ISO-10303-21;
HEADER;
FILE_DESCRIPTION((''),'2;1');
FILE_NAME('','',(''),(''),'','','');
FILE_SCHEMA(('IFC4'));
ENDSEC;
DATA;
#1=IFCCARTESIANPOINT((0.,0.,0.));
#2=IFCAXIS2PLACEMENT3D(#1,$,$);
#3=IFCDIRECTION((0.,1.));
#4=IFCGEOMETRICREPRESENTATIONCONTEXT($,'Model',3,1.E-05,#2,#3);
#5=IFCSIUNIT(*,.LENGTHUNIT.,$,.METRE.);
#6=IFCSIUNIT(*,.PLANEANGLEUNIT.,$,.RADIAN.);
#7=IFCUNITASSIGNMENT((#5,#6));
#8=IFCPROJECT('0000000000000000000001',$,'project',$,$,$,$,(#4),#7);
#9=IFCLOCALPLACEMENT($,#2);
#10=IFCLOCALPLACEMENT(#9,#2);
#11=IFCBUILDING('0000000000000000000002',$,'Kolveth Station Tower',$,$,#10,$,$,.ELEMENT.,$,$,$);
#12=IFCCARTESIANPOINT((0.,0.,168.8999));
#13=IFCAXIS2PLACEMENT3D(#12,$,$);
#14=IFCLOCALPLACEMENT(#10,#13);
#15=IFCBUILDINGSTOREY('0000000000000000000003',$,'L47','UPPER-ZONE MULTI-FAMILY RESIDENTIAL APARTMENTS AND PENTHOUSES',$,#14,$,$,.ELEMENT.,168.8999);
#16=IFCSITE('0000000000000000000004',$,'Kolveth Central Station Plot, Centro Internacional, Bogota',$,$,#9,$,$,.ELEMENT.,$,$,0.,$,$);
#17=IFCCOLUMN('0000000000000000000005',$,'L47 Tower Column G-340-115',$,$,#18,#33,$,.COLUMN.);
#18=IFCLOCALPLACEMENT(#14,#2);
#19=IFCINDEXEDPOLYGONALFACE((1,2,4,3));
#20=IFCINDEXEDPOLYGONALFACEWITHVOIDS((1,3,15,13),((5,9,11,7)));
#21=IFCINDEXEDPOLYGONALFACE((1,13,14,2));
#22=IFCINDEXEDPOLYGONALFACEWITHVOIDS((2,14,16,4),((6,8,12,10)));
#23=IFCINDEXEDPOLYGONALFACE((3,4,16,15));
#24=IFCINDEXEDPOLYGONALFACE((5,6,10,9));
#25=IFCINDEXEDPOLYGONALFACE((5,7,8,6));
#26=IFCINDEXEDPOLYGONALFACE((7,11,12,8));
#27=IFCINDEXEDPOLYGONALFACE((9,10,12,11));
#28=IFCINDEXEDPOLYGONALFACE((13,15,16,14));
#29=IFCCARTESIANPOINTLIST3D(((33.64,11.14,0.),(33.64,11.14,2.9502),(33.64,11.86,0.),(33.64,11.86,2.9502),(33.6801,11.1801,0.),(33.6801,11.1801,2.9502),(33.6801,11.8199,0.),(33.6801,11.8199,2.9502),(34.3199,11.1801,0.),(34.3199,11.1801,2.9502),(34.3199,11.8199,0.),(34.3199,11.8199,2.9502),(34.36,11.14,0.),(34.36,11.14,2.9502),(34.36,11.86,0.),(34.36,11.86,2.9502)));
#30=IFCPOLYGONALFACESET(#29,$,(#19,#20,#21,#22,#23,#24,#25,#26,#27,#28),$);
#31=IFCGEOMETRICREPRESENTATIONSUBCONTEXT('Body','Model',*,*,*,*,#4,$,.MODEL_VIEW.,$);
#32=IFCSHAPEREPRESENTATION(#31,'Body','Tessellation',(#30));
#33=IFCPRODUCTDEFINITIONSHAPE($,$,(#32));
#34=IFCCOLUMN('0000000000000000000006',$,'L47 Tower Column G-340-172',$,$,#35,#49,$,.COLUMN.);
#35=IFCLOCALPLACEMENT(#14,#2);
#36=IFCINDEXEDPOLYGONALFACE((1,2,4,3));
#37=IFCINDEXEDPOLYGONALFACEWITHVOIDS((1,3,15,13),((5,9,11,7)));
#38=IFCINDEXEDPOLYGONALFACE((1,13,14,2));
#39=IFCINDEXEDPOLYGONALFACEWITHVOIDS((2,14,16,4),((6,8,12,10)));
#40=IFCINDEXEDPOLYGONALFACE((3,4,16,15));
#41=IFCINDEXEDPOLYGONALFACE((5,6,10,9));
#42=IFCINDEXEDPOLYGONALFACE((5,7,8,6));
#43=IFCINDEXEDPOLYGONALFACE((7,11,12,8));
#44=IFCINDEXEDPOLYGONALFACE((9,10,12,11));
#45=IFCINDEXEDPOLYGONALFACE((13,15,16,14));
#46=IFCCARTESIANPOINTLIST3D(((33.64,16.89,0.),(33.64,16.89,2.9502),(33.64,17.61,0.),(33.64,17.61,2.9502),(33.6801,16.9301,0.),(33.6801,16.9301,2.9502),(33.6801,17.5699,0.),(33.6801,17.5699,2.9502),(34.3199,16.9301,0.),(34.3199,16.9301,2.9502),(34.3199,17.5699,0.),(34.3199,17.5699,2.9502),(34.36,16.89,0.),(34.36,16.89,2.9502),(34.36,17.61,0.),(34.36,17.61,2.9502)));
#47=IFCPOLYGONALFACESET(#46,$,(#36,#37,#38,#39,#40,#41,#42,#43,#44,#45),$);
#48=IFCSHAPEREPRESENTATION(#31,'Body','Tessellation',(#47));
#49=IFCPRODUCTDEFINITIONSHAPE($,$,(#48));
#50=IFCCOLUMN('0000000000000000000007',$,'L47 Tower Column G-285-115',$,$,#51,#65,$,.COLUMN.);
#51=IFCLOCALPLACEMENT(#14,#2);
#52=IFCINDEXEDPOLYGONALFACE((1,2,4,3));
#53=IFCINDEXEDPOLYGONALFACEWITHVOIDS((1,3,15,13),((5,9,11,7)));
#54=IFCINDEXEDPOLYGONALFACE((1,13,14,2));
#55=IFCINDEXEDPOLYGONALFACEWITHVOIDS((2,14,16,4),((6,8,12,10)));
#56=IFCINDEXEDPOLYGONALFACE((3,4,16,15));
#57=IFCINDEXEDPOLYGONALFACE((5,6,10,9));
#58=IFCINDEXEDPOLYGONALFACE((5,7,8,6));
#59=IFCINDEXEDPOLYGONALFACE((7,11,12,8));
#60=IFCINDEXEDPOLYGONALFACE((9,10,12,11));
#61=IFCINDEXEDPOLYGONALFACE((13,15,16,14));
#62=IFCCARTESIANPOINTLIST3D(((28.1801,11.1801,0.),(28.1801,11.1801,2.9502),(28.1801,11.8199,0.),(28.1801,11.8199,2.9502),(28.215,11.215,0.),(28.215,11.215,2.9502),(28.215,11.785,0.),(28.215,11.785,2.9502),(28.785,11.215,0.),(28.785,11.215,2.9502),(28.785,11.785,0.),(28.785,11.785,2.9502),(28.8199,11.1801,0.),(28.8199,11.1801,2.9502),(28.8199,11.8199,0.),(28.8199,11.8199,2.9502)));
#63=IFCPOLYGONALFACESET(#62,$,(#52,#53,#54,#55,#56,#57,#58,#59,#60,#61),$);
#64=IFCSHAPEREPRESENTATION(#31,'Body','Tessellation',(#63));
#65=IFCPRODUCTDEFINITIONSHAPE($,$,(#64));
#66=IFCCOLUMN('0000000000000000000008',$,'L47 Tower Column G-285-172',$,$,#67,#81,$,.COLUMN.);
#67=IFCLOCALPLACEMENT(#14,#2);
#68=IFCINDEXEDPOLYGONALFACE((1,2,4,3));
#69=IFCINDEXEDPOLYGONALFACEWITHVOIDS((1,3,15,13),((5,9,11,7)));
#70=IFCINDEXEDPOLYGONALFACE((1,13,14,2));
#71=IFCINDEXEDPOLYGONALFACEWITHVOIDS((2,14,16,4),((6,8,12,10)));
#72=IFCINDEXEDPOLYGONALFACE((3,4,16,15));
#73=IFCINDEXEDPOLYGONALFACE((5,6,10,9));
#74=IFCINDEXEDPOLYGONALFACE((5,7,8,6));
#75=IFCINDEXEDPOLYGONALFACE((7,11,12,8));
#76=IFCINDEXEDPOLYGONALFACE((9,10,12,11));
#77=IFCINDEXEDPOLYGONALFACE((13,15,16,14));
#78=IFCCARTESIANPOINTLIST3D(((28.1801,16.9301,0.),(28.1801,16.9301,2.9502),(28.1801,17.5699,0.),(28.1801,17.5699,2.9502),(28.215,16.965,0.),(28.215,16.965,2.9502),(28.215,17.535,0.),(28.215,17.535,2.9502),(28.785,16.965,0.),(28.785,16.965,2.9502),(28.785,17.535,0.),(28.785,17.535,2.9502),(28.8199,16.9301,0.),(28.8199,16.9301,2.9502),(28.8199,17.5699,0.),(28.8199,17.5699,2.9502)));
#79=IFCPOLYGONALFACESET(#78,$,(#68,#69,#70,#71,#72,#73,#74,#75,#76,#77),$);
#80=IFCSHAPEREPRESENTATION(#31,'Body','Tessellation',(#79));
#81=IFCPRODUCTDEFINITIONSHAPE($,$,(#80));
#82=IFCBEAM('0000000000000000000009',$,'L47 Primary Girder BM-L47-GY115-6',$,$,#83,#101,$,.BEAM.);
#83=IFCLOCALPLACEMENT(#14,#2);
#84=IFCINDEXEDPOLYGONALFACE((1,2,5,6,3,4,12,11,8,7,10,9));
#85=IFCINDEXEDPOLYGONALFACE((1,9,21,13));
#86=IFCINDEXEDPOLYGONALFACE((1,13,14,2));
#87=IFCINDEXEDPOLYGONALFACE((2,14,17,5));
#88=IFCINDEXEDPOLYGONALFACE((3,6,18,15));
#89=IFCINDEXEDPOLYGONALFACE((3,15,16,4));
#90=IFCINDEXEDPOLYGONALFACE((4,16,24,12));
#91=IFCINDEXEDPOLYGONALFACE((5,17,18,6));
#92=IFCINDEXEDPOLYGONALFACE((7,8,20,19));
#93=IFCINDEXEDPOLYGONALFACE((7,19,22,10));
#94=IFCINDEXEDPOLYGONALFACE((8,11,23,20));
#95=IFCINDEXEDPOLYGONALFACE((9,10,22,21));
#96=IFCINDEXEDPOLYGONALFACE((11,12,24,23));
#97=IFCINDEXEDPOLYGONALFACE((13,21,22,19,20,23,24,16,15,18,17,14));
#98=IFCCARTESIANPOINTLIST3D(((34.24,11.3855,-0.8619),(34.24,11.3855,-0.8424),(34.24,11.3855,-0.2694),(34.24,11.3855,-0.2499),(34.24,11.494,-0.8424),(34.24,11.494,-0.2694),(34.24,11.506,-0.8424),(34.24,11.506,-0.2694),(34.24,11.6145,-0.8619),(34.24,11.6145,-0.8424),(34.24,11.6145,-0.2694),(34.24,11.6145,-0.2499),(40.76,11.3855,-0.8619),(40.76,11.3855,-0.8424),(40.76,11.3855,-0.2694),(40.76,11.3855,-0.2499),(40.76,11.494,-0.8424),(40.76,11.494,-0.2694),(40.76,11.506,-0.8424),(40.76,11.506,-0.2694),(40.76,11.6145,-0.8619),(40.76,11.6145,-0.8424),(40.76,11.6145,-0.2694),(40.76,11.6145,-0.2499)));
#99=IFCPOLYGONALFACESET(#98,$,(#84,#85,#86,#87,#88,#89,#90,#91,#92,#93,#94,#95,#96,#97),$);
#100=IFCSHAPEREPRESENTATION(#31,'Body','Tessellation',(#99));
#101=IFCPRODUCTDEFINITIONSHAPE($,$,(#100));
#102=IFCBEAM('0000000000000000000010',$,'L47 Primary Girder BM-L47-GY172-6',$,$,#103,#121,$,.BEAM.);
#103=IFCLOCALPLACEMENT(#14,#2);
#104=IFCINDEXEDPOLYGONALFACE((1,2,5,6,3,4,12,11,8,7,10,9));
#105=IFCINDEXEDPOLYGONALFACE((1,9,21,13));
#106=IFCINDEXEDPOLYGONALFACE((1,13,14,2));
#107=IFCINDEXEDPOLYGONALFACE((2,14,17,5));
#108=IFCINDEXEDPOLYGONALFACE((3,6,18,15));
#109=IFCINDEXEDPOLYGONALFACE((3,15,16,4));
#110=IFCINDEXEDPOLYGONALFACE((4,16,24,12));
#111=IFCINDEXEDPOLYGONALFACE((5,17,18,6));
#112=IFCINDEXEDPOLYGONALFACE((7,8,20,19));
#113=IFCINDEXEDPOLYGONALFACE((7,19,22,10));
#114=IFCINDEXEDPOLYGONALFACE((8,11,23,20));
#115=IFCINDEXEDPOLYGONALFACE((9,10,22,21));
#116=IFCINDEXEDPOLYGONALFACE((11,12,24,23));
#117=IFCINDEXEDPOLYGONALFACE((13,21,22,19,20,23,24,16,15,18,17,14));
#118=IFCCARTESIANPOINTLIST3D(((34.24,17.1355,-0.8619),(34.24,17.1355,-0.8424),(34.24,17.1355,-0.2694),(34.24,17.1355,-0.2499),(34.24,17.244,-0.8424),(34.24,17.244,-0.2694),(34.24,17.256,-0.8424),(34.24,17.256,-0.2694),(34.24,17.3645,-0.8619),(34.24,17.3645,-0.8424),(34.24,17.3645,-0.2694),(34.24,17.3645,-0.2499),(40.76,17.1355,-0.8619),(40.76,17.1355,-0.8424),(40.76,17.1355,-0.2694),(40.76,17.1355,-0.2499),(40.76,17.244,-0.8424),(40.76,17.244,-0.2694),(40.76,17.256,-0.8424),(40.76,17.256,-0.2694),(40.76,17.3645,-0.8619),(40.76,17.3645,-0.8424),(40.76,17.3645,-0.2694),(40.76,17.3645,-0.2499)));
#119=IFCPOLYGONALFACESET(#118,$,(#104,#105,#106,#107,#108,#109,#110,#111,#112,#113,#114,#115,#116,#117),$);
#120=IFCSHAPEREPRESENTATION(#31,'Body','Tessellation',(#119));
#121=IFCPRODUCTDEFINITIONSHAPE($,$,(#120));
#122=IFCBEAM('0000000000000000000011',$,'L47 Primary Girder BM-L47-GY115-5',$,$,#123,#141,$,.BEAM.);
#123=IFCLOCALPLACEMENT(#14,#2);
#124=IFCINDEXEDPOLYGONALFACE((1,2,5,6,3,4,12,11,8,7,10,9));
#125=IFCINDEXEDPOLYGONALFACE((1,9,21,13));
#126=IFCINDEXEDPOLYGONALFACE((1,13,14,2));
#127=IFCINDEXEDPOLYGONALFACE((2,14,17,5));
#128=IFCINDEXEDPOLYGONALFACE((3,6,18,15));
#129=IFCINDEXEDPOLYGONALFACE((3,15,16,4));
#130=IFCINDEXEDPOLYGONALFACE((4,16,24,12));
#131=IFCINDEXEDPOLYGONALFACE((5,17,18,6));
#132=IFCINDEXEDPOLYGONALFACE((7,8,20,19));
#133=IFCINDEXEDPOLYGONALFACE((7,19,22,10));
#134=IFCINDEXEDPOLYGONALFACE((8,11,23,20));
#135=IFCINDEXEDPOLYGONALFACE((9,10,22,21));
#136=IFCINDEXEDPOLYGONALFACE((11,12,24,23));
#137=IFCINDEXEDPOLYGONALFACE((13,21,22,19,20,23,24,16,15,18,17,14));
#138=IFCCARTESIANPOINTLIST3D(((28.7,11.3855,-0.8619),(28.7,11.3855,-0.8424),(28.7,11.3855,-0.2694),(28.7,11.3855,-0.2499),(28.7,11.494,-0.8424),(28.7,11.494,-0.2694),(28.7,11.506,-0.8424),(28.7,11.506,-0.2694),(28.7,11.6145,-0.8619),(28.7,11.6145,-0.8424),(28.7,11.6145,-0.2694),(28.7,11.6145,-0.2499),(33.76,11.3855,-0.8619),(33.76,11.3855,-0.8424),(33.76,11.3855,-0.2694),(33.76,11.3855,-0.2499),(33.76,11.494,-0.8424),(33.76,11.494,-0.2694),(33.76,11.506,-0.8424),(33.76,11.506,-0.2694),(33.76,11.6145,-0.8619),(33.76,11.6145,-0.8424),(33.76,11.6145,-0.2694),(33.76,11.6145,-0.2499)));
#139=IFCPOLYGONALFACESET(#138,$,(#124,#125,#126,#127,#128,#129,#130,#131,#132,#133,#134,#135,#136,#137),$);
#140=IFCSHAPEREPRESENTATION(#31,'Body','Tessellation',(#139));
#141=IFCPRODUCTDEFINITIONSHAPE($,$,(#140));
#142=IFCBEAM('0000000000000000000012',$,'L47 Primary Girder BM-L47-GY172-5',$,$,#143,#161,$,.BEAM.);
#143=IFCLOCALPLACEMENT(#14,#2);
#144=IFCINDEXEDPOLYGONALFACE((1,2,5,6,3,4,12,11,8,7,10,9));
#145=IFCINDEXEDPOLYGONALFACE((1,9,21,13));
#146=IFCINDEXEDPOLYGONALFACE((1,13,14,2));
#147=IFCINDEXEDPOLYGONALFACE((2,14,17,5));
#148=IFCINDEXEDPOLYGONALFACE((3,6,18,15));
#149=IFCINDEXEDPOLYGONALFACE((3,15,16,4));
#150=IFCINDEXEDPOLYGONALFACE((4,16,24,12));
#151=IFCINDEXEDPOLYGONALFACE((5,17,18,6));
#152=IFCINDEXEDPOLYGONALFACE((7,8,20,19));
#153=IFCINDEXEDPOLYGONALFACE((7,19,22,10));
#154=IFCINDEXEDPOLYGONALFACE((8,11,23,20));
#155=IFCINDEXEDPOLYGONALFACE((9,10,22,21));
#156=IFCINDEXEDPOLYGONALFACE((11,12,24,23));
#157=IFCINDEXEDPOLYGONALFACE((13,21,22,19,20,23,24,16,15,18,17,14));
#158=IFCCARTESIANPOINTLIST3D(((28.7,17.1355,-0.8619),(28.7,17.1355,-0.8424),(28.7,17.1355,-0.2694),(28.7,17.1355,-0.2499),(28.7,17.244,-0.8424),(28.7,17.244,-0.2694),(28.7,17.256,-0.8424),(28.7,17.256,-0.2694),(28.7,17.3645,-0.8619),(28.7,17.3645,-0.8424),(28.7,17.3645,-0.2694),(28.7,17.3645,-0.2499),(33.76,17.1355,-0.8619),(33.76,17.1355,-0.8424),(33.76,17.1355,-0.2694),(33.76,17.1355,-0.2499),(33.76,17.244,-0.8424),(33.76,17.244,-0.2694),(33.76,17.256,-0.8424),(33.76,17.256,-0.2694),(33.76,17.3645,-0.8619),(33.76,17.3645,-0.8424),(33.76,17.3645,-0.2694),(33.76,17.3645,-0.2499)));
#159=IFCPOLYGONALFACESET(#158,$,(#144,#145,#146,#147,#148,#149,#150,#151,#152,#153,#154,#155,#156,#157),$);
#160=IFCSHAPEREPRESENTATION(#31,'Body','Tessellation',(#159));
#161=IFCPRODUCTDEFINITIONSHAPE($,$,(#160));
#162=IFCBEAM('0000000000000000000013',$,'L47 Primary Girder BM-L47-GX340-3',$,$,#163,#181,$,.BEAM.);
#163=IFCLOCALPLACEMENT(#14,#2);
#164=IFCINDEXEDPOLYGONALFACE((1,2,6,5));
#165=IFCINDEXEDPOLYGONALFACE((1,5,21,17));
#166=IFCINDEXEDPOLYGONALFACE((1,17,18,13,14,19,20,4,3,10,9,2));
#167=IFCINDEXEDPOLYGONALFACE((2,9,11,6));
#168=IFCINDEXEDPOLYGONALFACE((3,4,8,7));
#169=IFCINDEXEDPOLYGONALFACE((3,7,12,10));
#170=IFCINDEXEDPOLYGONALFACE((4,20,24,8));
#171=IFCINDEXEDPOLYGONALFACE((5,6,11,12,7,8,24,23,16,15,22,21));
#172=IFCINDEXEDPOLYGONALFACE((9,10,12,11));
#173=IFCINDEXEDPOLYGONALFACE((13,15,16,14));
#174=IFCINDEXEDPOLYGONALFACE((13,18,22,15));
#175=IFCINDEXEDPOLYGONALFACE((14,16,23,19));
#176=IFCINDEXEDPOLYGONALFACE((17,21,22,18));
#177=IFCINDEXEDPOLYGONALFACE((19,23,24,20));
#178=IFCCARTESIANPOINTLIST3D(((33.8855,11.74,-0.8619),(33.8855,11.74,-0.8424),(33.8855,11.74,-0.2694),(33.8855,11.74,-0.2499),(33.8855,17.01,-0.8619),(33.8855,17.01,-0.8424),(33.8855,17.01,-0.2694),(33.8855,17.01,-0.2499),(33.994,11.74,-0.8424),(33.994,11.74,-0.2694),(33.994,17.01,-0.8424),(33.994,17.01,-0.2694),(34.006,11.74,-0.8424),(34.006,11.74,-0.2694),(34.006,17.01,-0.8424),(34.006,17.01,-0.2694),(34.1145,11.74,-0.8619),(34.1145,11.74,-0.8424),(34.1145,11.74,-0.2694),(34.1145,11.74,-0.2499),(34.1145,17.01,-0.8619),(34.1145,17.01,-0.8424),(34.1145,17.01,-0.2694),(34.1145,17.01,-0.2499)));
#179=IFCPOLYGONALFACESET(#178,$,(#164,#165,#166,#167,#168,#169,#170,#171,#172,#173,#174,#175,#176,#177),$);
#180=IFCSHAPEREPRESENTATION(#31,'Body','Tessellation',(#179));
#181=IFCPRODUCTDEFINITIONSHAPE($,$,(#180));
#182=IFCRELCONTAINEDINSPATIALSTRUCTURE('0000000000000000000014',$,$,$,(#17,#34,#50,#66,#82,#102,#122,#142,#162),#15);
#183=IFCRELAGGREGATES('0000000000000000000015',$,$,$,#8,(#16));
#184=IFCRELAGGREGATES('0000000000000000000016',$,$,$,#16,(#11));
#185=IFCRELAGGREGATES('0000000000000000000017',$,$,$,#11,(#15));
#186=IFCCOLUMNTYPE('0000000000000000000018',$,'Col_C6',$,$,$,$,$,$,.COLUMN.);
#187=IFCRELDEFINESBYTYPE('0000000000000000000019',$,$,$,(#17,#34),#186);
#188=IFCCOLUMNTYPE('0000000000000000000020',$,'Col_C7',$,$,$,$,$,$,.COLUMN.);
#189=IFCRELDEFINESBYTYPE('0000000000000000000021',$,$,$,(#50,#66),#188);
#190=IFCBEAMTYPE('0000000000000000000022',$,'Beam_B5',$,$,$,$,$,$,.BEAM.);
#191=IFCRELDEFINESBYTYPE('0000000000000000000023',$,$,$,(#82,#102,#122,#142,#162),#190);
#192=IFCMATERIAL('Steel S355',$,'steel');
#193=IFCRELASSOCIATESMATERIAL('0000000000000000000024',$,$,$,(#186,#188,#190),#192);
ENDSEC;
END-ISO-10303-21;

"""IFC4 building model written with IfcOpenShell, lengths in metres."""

from ifc_helpers import new_model, si_unit, direction, frame, origin, origin_2d, place, context, subcontext, project, spatial, hollow_rectangle, i_section, extrude, source, transform, mapped, material, material_profile, profile_set, type_object, element, save


model = new_model("IFC4")

# Units and contexts
model_context = context("Model", 3, precision=1e-05, world=origin(), true_north=direction((0.0, 1.0)))
body_context = subcontext(model_context, "Body", "Model", "MODEL_VIEW")
ifc_project = project(units=[si_unit("LENGTHUNIT", "METRE"), si_unit("PLANEANGLEUNIT", "RADIAN")], contexts=[model_context])

# Site, building, storey
site_placement = place(None, origin())
site = spatial("IfcSite", under=ifc_project, at=site_placement, Name="Kolveth Central Station Plot, Centro Internacional, Bogota", CompositionType="ELEMENT", RefElevation=0.0)
building_placement = place(site_placement, origin())
building = spatial("IfcBuilding", under=site, at=building_placement, Name="Kolveth Station Tower", CompositionType="ELEMENT")
storey_placement = place(building_placement, frame((0.0, 0.0, 168.8999)))
storey = spatial("IfcBuildingStorey", under=building, at=storey_placement, Name="L47", Description="UPPER-ZONE MULTI-FAMILY RESIDENTIAL APARTMENTS AND PENTHOUSES", CompositionType="ELEMENT", Elevation=168.8999)

# Columns
ifc_material_1 = material(Name="Steel S355", Category="steel")
ifc_material_profile_1 = material_profile(ifc_material_1, hollow_rectangle(XDim=0.72, YDim=0.72, WallThickness=0.04, at=origin_2d()), Name="BOX720x720x40")
ifc_profile_set_1 = profile_set([ifc_material_profile_1], Name="Steel S355")
column_type_1 = type_object("IfcColumnType", Name="Col_C6", PredefinedType="COLUMN", material=ifc_profile_set_1)
shared_shape_1 = source(origin(), body_context, "Body", "SweptSolid", [
    extrude(hollow_rectangle(XDim=0.72, YDim=0.72, WallThickness=0.04, at=origin_2d()), origin(), (0.0, 0.0, 1.0), 2.9502),
])
for number, where, z_axis, x_axis, name in (
    (1, (34.0, 11.5, 0.0), (0.0, 0.0, 1.0), (1.0, 0.0, 0.0), "L47 Tower Column G-340-115"),
    (2, (34.0, 17.25, 0.0), (0.0, 0.0, 1.0), (1.0, 0.0, 0.0), "L47 Tower Column G-340-172"),
):
    element("IfcColumn", number, at=place(storey_placement, frame(where, z_axis=z_axis, x_axis=x_axis)), inside=storey, type_object=column_type_1, Name=name, PredefinedType="COLUMN", context=body_context, shape_type="MappedRepresentation", body=[
        mapped(shared_shape_1, transform((0.0, 0.0, 0.0), x_axis=(1.0, 0.0, 0.0), y_axis=(0.0, 1.0, 0.0), z_axis=(0.0, 0.0, 1.0), scale=1.0)),
    ])
ifc_material_profile_2 = material_profile(ifc_material_1, hollow_rectangle(XDim=0.6399, YDim=0.6399, WallThickness=0.0349, at=origin_2d()), Name="BOX640x640x35")
ifc_profile_set_2 = profile_set([ifc_material_profile_2], Name="Steel S355")
column_type_2 = type_object("IfcColumnType", Name="Col_C7", PredefinedType="COLUMN", material=ifc_profile_set_2)
shared_shape_2 = source(origin(), body_context, "Body", "SweptSolid", [
    extrude(hollow_rectangle(XDim=0.6399, YDim=0.6399, WallThickness=0.0349, at=origin_2d()), origin(), (0.0, 0.0, 1.0), 2.9502),
])
for number, where, z_axis, x_axis, name in (
    (3, (28.5, 11.5, 0.0), (0.0, 0.0, 1.0), (1.0, 0.0, 0.0), "L47 Tower Column G-285-115"),
    (4, (28.5, 17.25, 0.0), (0.0, 0.0, 1.0), (1.0, 0.0, 0.0), "L47 Tower Column G-285-172"),
):
    element("IfcColumn", number, at=place(storey_placement, frame(where, z_axis=z_axis, x_axis=x_axis)), inside=storey, type_object=column_type_2, Name=name, PredefinedType="COLUMN", context=body_context, shape_type="MappedRepresentation", body=[
        mapped(shared_shape_2, transform((0.0, 0.0, 0.0), x_axis=(1.0, 0.0, 0.0), y_axis=(0.0, 1.0, 0.0), z_axis=(0.0, 0.0, 1.0), scale=1.0)),
    ])

# Beams
ifc_material_profile_3 = material_profile(ifc_material_1, i_section(OverallWidth=0.229, OverallDepth=0.6121, WebThickness=0.012, FlangeThickness=0.0195, at=origin_2d()), Name="W610x125")
ifc_profile_set_3 = profile_set([ifc_material_profile_3], Name="Steel S355")
beam_type_1 = type_object("IfcBeamType", Name="Beam_B5", PredefinedType="BEAM", material=ifc_profile_set_3)
shared_shape_3 = source(origin(), body_context, "Body", "SweptSolid", [
    extrude(i_section(OverallWidth=0.229, OverallDepth=0.6121, WebThickness=0.012, FlangeThickness=0.0195, at=origin_2d()), origin(), (0.0, 0.0, 1.0), 6.52),
])
for number, where, z_axis, x_axis, name in (
    (5, (34.24, 11.5, -0.5559), (1.0, 0.0, 0.0), (0.0, 1.0, 0.0), "L47 Primary Girder BM-L47-GY115-6"),
    (6, (34.24, 17.25, -0.5559), (1.0, 0.0, 0.0), (0.0, 1.0, 0.0), "L47 Primary Girder BM-L47-GY172-6"),
):
    element("IfcBeam", number, at=place(storey_placement, frame(where, z_axis=z_axis, x_axis=x_axis)), inside=storey, type_object=beam_type_1, Name=name, PredefinedType="BEAM", context=body_context, shape_type="MappedRepresentation", body=[
        mapped(shared_shape_3, transform((0.0, 0.0, 0.0), x_axis=(1.0, 0.0, 0.0), y_axis=(0.0, 1.0, 0.0), z_axis=(0.0, 0.0, 1.0), scale=1.0)),
    ])
shared_shape_4 = source(origin(), body_context, "Body", "SweptSolid", [
    extrude(i_section(OverallWidth=0.229, OverallDepth=0.6121, WebThickness=0.012, FlangeThickness=0.0195, at=origin_2d()), origin(), (0.0, 0.0, 1.0), 5.0601),
])
for number, where, z_axis, x_axis, name in (
    (7, (28.7, 11.5, -0.5559), (1.0, 0.0, 0.0), (0.0, 1.0, 0.0), "L47 Primary Girder BM-L47-GY115-5"),
    (8, (28.7, 17.25, -0.5559), (1.0, 0.0, 0.0), (0.0, 1.0, 0.0), "L47 Primary Girder BM-L47-GY172-5"),
):
    element("IfcBeam", number, at=place(storey_placement, frame(where, z_axis=z_axis, x_axis=x_axis)), inside=storey, type_object=beam_type_1, Name=name, PredefinedType="BEAM", context=body_context, shape_type="MappedRepresentation", body=[
        mapped(shared_shape_4, transform((0.0, 0.0, 0.0), x_axis=(1.0, 0.0, 0.0), y_axis=(0.0, 1.0, 0.0), z_axis=(0.0, 0.0, 1.0), scale=1.0)),
    ])
shared_shape_5 = source(origin(), body_context, "Body", "SweptSolid", [
    extrude(i_section(OverallWidth=0.229, OverallDepth=0.6121, WebThickness=0.012, FlangeThickness=0.0195, at=origin_2d()), origin(), (0.0, 0.0, 1.0), 5.27),
])
for number, where, z_axis, x_axis, name in (
    (9, (34.0, 11.74, -0.5559), (0.0, 1.0, 0.0), (-1.0, 0.0, 0.0), "L47 Primary Girder BM-L47-GX340-3"),
):
    element("IfcBeam", number, at=place(storey_placement, frame(where, z_axis=z_axis, x_axis=x_axis)), inside=storey, type_object=beam_type_1, Name=name, PredefinedType="BEAM", context=body_context, shape_type="MappedRepresentation", body=[
        mapped(shared_shape_5, transform((0.0, 0.0, 0.0), x_axis=(1.0, 0.0, 0.0), y_axis=(0.0, 1.0, 0.0), z_axis=(0.0, 0.0, 1.0), scale=1.0)),
    ])

save(model, "model.ifc")
